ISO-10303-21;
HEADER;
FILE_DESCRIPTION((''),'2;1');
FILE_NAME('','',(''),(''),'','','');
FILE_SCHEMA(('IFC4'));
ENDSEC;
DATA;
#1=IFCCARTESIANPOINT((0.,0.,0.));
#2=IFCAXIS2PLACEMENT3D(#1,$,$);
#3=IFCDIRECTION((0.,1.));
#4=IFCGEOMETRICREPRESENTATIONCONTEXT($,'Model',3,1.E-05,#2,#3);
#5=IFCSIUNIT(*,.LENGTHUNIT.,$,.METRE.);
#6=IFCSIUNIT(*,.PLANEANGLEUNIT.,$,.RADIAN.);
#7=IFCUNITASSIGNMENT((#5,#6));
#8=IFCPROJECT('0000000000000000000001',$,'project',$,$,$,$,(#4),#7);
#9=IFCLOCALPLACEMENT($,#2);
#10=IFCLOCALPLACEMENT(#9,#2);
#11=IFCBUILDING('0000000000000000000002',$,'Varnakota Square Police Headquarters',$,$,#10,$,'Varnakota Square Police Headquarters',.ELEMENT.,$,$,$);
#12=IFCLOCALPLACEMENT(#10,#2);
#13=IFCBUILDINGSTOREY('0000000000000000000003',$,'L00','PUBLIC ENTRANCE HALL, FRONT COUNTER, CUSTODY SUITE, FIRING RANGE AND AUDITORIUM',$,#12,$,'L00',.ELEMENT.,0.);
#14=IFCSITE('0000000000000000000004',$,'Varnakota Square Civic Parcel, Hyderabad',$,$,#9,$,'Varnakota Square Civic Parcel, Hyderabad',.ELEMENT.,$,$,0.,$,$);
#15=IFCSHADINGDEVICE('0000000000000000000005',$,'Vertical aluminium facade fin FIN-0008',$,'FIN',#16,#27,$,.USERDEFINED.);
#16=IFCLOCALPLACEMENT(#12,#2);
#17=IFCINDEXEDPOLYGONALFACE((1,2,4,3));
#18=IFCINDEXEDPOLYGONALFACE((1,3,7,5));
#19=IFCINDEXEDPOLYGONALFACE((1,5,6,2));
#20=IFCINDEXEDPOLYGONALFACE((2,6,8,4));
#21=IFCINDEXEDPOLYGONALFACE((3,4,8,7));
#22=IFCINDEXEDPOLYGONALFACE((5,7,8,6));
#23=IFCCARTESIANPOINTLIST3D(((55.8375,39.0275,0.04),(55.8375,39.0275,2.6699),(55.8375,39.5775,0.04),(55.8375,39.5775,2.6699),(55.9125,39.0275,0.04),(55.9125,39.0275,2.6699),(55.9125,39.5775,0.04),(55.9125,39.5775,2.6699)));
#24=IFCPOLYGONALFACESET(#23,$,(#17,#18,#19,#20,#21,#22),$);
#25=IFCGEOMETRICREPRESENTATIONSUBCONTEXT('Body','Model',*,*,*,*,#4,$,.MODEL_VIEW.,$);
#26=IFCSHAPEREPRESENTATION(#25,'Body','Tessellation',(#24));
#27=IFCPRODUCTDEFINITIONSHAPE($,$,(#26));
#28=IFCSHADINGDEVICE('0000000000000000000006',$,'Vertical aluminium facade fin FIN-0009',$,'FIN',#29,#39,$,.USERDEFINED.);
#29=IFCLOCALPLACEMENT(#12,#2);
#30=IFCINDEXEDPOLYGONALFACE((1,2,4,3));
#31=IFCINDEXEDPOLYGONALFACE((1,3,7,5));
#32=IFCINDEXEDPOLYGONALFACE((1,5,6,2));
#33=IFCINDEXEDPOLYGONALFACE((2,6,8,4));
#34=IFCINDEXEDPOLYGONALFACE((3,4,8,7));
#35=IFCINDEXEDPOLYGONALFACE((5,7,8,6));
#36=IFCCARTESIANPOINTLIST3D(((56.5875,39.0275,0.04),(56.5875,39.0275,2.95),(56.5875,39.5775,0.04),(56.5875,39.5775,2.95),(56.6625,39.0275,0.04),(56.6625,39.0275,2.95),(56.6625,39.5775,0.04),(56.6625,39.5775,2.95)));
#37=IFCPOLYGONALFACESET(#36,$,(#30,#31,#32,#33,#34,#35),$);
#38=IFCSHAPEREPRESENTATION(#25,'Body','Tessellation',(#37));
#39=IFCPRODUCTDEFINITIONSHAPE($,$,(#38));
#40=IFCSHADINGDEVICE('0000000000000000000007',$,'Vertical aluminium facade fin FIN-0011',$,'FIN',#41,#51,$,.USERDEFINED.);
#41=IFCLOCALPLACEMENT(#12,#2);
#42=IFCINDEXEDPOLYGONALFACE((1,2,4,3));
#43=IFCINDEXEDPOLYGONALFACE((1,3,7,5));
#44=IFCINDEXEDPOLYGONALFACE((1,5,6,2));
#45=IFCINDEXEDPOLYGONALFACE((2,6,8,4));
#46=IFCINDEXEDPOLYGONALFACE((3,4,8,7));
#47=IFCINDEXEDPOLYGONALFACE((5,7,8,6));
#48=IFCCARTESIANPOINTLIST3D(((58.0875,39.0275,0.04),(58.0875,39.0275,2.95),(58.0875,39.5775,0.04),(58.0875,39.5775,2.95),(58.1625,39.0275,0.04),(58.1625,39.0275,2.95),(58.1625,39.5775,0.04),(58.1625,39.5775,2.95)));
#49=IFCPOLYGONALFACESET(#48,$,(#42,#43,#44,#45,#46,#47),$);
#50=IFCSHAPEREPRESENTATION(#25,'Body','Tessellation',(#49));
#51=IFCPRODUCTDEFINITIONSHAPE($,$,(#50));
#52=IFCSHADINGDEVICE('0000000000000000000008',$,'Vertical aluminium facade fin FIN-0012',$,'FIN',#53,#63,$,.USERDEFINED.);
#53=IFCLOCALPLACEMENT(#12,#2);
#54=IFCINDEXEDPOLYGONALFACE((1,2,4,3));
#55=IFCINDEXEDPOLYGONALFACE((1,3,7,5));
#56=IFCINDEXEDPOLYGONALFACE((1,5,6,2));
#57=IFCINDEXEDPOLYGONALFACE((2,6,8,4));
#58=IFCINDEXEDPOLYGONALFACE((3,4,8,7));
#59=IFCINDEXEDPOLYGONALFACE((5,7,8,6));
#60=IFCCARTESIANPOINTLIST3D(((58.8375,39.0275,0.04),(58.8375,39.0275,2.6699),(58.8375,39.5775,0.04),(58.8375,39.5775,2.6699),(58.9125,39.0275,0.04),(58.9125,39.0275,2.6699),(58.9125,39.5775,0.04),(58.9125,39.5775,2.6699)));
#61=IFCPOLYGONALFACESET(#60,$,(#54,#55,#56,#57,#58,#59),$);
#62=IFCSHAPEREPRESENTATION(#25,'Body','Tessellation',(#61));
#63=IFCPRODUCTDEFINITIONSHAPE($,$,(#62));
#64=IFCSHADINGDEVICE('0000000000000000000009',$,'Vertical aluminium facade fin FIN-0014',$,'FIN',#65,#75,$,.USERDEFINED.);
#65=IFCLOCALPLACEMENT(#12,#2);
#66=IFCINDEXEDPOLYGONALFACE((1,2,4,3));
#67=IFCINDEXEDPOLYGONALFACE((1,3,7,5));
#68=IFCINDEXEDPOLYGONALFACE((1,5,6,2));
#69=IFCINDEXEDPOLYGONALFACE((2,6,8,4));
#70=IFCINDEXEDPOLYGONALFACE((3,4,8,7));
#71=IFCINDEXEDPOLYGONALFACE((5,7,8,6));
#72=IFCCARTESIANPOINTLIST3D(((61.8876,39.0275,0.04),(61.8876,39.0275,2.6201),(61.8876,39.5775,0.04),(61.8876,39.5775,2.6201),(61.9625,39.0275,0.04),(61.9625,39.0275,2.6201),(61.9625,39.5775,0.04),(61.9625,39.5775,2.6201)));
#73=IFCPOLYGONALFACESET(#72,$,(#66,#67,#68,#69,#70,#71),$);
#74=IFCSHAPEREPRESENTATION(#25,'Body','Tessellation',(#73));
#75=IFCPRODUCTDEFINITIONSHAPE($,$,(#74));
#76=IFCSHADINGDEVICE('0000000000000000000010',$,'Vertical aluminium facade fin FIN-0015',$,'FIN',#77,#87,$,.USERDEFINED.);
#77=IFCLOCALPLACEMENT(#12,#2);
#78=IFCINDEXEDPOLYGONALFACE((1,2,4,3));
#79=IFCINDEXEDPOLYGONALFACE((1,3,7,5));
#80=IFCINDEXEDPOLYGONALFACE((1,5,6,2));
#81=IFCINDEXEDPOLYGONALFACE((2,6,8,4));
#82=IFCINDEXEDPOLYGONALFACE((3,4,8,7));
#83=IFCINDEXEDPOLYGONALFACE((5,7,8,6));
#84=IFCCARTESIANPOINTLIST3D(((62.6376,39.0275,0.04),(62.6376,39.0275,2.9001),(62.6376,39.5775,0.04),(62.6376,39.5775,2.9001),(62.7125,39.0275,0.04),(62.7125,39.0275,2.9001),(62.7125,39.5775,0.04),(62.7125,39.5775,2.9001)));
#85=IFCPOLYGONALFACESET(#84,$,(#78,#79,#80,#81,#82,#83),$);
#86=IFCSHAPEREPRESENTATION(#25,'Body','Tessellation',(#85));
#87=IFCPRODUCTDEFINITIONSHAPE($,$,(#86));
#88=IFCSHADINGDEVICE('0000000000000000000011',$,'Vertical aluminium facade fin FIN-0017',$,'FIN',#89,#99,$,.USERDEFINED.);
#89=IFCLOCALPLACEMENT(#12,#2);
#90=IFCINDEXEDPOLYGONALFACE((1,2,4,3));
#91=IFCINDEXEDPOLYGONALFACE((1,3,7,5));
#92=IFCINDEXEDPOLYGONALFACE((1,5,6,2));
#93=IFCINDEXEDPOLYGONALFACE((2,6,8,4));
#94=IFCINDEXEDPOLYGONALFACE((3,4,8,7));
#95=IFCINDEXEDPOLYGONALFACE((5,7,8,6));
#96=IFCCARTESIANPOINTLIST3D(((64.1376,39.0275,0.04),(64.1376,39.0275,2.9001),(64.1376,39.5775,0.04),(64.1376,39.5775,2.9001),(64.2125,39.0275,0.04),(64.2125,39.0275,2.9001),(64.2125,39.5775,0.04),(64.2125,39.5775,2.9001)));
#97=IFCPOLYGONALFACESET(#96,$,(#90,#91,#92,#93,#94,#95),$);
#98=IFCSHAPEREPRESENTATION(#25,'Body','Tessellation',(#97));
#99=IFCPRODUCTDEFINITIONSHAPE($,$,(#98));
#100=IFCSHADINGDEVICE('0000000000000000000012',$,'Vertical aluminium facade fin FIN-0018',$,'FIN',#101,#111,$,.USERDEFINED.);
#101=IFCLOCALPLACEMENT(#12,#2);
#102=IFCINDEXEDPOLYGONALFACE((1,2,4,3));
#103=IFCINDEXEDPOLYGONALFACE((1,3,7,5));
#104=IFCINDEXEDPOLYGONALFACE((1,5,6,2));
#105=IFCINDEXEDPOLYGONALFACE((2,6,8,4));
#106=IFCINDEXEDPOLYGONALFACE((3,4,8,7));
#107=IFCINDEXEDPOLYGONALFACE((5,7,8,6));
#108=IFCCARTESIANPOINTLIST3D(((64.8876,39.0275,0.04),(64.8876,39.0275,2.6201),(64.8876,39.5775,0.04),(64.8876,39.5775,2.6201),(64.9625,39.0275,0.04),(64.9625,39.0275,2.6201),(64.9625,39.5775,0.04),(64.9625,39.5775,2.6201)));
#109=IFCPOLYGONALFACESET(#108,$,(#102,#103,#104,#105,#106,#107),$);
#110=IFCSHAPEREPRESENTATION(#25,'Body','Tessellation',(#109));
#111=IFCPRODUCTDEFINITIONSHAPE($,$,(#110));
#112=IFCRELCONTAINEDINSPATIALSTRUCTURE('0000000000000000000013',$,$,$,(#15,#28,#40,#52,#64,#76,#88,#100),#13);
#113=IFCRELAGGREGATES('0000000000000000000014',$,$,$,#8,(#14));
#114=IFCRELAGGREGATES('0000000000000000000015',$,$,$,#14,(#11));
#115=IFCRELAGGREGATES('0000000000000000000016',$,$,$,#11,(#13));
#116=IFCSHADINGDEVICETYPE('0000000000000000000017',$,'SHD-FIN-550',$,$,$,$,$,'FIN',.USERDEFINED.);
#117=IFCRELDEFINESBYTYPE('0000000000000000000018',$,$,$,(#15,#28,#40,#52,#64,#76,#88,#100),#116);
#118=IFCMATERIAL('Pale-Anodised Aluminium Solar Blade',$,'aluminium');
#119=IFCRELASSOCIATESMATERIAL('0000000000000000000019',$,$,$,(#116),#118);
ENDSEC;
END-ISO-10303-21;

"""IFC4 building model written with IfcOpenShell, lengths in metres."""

from ifc_helpers import new_model, si_unit, direction, frame, origin, origin_2d, place, context, subcontext, project, spatial, rectangle, extrude, material, type_object, element, save


model = new_model("IFC4")

# Units and contexts
model_context = context("Model", 3, precision=1e-05, world=origin(), true_north=direction((0.0, 1.0)))
body_context = subcontext(model_context, "Body", "Model", "MODEL_VIEW")
ifc_project = project(units=[si_unit("LENGTHUNIT", "METRE"), si_unit("PLANEANGLEUNIT", "RADIAN")], contexts=[model_context])

# Site, building, storey
site_placement = place(None, origin())
site = spatial("IfcSite", under=ifc_project, at=site_placement, Name="Varnakota Square Civic Parcel, Hyderabad", LongName="Varnakota Square Civic Parcel, Hyderabad", CompositionType="ELEMENT", RefElevation=0.0)
building_placement = place(site_placement, origin())
building = spatial("IfcBuilding", under=site, at=building_placement, Name="Varnakota Square Police Headquarters", LongName="Varnakota Square Police Headquarters", CompositionType="ELEMENT")
storey_placement = place(building_placement, origin())
storey = spatial("IfcBuildingStorey", under=building, at=storey_placement, Name="L00", Description="PUBLIC ENTRANCE HALL, FRONT COUNTER, CUSTODY SUITE, FIRING RANGE AND AUDITORIUM", LongName="L00", CompositionType="ELEMENT", Elevation=0.0)

# Shading devices
ifc_material_1 = material(Name="Pale-Anodised Aluminium Solar Blade", Category="aluminium")
shading_device_type = type_object("IfcShadingDeviceType", Name="SHD-FIN-550", ElementType="FIN", PredefinedType="USERDEFINED", material=ifc_material_1)
shading_device_1_placement = place(storey_placement, frame((55.875, 39.3025, 0.04), z_axis=(0.0, 0.0, 1.0), x_axis=(1.0, 0.0, 0.0)))
element("IfcShadingDevice", 1, at=shading_device_1_placement, inside=storey, type_object=shading_device_type, Name="Vertical aluminium facade fin FIN-0008", ObjectType="FIN", PredefinedType="USERDEFINED", context=body_context, shape_type="SweptSolid", body=[
    extrude(rectangle(XDim=0.075, YDim=0.55, at=origin_2d()), origin(), (0.0, 0.0, 1.0), 2.6299),
])
for number, where, z_axis, x_axis, name in (
    (2, (56.625, 39.3025, 0.04), (0.0, 0.0, 1.0), (1.0, 0.0, 0.0), "Vertical aluminium facade fin FIN-0009"),
    (3, (58.125, 39.3025, 0.04), (0.0, 0.0, 1.0), (1.0, 0.0, 0.0), "Vertical aluminium facade fin FIN-0011"),
):
    element("IfcShadingDevice", number, at=place(storey_placement, frame(where, z_axis=z_axis, x_axis=x_axis)), inside=storey, type_object=shading_device_type, Name=name, ObjectType="FIN", PredefinedType="USERDEFINED", context=body_context, shape_type="SweptSolid", body=[
        extrude(rectangle(XDim=0.075, YDim=0.55, at=origin_2d()), origin(), (0.0, 0.0, 1.0), 2.9099),
    ])
shading_device_2_placement = place(storey_placement, frame((58.875, 39.3025, 0.04), z_axis=(0.0, 0.0, 1.0), x_axis=(1.0, 0.0, 0.0)))
element("IfcShadingDevice", 4, at=shading_device_2_placement, inside=storey, type_object=shading_device_type, Name="Vertical aluminium facade fin FIN-0012", ObjectType="FIN", PredefinedType="USERDEFINED", context=body_context, shape_type="SweptSolid", body=[
    extrude(rectangle(XDim=0.075, YDim=0.55, at=origin_2d()), origin(), (0.0, 0.0, 1.0), 2.6299),
])
shading_device_3_placement = place(storey_placement, frame((61.925, 39.3025, 0.04), z_axis=(0.0, 0.0, 1.0), x_axis=(1.0, 0.0, 0.0)))
element("IfcShadingDevice", 5, at=shading_device_3_placement, inside=storey, type_object=shading_device_type, Name="Vertical aluminium facade fin FIN-0014", ObjectType="FIN", PredefinedType="USERDEFINED", context=body_context, shape_type="SweptSolid", body=[
    extrude(rectangle(XDim=0.075, YDim=0.55, at=origin_2d()), origin(), (0.0, 0.0, 1.0), 2.5801),
])
for number, where, z_axis, x_axis, name in (
    (6, (62.675, 39.3025, 0.04), (0.0, 0.0, 1.0), (1.0, 0.0, 0.0), "Vertical aluminium facade fin FIN-0015"),
    (7, (64.175, 39.3025, 0.04), (0.0, 0.0, 1.0), (1.0, 0.0, 0.0), "Vertical aluminium facade fin FIN-0017"),
):
    element("IfcShadingDevice", number, at=place(storey_placement, frame(where, z_axis=z_axis, x_axis=x_axis)), inside=storey, type_object=shading_device_type, Name=name, ObjectType="FIN", PredefinedType="USERDEFINED", context=body_context, shape_type="SweptSolid", body=[
        extrude(rectangle(XDim=0.075, YDim=0.55, at=origin_2d()), origin(), (0.0, 0.0, 1.0), 2.8601),
    ])
shading_device_4_placement = place(storey_placement, frame((64.925, 39.3025, 0.04), z_axis=(0.0, 0.0, 1.0), x_axis=(1.0, 0.0, 0.0)))
element("IfcShadingDevice", 8, at=shading_device_4_placement, inside=storey, type_object=shading_device_type, Name="Vertical aluminium facade fin FIN-0018", ObjectType="FIN", PredefinedType="USERDEFINED", context=body_context, shape_type="SweptSolid", body=[
    extrude(rectangle(XDim=0.075, YDim=0.55, at=origin_2d()), origin(), (0.0, 0.0, 1.0), 2.5801),
])

save(model, "model.ifc")
